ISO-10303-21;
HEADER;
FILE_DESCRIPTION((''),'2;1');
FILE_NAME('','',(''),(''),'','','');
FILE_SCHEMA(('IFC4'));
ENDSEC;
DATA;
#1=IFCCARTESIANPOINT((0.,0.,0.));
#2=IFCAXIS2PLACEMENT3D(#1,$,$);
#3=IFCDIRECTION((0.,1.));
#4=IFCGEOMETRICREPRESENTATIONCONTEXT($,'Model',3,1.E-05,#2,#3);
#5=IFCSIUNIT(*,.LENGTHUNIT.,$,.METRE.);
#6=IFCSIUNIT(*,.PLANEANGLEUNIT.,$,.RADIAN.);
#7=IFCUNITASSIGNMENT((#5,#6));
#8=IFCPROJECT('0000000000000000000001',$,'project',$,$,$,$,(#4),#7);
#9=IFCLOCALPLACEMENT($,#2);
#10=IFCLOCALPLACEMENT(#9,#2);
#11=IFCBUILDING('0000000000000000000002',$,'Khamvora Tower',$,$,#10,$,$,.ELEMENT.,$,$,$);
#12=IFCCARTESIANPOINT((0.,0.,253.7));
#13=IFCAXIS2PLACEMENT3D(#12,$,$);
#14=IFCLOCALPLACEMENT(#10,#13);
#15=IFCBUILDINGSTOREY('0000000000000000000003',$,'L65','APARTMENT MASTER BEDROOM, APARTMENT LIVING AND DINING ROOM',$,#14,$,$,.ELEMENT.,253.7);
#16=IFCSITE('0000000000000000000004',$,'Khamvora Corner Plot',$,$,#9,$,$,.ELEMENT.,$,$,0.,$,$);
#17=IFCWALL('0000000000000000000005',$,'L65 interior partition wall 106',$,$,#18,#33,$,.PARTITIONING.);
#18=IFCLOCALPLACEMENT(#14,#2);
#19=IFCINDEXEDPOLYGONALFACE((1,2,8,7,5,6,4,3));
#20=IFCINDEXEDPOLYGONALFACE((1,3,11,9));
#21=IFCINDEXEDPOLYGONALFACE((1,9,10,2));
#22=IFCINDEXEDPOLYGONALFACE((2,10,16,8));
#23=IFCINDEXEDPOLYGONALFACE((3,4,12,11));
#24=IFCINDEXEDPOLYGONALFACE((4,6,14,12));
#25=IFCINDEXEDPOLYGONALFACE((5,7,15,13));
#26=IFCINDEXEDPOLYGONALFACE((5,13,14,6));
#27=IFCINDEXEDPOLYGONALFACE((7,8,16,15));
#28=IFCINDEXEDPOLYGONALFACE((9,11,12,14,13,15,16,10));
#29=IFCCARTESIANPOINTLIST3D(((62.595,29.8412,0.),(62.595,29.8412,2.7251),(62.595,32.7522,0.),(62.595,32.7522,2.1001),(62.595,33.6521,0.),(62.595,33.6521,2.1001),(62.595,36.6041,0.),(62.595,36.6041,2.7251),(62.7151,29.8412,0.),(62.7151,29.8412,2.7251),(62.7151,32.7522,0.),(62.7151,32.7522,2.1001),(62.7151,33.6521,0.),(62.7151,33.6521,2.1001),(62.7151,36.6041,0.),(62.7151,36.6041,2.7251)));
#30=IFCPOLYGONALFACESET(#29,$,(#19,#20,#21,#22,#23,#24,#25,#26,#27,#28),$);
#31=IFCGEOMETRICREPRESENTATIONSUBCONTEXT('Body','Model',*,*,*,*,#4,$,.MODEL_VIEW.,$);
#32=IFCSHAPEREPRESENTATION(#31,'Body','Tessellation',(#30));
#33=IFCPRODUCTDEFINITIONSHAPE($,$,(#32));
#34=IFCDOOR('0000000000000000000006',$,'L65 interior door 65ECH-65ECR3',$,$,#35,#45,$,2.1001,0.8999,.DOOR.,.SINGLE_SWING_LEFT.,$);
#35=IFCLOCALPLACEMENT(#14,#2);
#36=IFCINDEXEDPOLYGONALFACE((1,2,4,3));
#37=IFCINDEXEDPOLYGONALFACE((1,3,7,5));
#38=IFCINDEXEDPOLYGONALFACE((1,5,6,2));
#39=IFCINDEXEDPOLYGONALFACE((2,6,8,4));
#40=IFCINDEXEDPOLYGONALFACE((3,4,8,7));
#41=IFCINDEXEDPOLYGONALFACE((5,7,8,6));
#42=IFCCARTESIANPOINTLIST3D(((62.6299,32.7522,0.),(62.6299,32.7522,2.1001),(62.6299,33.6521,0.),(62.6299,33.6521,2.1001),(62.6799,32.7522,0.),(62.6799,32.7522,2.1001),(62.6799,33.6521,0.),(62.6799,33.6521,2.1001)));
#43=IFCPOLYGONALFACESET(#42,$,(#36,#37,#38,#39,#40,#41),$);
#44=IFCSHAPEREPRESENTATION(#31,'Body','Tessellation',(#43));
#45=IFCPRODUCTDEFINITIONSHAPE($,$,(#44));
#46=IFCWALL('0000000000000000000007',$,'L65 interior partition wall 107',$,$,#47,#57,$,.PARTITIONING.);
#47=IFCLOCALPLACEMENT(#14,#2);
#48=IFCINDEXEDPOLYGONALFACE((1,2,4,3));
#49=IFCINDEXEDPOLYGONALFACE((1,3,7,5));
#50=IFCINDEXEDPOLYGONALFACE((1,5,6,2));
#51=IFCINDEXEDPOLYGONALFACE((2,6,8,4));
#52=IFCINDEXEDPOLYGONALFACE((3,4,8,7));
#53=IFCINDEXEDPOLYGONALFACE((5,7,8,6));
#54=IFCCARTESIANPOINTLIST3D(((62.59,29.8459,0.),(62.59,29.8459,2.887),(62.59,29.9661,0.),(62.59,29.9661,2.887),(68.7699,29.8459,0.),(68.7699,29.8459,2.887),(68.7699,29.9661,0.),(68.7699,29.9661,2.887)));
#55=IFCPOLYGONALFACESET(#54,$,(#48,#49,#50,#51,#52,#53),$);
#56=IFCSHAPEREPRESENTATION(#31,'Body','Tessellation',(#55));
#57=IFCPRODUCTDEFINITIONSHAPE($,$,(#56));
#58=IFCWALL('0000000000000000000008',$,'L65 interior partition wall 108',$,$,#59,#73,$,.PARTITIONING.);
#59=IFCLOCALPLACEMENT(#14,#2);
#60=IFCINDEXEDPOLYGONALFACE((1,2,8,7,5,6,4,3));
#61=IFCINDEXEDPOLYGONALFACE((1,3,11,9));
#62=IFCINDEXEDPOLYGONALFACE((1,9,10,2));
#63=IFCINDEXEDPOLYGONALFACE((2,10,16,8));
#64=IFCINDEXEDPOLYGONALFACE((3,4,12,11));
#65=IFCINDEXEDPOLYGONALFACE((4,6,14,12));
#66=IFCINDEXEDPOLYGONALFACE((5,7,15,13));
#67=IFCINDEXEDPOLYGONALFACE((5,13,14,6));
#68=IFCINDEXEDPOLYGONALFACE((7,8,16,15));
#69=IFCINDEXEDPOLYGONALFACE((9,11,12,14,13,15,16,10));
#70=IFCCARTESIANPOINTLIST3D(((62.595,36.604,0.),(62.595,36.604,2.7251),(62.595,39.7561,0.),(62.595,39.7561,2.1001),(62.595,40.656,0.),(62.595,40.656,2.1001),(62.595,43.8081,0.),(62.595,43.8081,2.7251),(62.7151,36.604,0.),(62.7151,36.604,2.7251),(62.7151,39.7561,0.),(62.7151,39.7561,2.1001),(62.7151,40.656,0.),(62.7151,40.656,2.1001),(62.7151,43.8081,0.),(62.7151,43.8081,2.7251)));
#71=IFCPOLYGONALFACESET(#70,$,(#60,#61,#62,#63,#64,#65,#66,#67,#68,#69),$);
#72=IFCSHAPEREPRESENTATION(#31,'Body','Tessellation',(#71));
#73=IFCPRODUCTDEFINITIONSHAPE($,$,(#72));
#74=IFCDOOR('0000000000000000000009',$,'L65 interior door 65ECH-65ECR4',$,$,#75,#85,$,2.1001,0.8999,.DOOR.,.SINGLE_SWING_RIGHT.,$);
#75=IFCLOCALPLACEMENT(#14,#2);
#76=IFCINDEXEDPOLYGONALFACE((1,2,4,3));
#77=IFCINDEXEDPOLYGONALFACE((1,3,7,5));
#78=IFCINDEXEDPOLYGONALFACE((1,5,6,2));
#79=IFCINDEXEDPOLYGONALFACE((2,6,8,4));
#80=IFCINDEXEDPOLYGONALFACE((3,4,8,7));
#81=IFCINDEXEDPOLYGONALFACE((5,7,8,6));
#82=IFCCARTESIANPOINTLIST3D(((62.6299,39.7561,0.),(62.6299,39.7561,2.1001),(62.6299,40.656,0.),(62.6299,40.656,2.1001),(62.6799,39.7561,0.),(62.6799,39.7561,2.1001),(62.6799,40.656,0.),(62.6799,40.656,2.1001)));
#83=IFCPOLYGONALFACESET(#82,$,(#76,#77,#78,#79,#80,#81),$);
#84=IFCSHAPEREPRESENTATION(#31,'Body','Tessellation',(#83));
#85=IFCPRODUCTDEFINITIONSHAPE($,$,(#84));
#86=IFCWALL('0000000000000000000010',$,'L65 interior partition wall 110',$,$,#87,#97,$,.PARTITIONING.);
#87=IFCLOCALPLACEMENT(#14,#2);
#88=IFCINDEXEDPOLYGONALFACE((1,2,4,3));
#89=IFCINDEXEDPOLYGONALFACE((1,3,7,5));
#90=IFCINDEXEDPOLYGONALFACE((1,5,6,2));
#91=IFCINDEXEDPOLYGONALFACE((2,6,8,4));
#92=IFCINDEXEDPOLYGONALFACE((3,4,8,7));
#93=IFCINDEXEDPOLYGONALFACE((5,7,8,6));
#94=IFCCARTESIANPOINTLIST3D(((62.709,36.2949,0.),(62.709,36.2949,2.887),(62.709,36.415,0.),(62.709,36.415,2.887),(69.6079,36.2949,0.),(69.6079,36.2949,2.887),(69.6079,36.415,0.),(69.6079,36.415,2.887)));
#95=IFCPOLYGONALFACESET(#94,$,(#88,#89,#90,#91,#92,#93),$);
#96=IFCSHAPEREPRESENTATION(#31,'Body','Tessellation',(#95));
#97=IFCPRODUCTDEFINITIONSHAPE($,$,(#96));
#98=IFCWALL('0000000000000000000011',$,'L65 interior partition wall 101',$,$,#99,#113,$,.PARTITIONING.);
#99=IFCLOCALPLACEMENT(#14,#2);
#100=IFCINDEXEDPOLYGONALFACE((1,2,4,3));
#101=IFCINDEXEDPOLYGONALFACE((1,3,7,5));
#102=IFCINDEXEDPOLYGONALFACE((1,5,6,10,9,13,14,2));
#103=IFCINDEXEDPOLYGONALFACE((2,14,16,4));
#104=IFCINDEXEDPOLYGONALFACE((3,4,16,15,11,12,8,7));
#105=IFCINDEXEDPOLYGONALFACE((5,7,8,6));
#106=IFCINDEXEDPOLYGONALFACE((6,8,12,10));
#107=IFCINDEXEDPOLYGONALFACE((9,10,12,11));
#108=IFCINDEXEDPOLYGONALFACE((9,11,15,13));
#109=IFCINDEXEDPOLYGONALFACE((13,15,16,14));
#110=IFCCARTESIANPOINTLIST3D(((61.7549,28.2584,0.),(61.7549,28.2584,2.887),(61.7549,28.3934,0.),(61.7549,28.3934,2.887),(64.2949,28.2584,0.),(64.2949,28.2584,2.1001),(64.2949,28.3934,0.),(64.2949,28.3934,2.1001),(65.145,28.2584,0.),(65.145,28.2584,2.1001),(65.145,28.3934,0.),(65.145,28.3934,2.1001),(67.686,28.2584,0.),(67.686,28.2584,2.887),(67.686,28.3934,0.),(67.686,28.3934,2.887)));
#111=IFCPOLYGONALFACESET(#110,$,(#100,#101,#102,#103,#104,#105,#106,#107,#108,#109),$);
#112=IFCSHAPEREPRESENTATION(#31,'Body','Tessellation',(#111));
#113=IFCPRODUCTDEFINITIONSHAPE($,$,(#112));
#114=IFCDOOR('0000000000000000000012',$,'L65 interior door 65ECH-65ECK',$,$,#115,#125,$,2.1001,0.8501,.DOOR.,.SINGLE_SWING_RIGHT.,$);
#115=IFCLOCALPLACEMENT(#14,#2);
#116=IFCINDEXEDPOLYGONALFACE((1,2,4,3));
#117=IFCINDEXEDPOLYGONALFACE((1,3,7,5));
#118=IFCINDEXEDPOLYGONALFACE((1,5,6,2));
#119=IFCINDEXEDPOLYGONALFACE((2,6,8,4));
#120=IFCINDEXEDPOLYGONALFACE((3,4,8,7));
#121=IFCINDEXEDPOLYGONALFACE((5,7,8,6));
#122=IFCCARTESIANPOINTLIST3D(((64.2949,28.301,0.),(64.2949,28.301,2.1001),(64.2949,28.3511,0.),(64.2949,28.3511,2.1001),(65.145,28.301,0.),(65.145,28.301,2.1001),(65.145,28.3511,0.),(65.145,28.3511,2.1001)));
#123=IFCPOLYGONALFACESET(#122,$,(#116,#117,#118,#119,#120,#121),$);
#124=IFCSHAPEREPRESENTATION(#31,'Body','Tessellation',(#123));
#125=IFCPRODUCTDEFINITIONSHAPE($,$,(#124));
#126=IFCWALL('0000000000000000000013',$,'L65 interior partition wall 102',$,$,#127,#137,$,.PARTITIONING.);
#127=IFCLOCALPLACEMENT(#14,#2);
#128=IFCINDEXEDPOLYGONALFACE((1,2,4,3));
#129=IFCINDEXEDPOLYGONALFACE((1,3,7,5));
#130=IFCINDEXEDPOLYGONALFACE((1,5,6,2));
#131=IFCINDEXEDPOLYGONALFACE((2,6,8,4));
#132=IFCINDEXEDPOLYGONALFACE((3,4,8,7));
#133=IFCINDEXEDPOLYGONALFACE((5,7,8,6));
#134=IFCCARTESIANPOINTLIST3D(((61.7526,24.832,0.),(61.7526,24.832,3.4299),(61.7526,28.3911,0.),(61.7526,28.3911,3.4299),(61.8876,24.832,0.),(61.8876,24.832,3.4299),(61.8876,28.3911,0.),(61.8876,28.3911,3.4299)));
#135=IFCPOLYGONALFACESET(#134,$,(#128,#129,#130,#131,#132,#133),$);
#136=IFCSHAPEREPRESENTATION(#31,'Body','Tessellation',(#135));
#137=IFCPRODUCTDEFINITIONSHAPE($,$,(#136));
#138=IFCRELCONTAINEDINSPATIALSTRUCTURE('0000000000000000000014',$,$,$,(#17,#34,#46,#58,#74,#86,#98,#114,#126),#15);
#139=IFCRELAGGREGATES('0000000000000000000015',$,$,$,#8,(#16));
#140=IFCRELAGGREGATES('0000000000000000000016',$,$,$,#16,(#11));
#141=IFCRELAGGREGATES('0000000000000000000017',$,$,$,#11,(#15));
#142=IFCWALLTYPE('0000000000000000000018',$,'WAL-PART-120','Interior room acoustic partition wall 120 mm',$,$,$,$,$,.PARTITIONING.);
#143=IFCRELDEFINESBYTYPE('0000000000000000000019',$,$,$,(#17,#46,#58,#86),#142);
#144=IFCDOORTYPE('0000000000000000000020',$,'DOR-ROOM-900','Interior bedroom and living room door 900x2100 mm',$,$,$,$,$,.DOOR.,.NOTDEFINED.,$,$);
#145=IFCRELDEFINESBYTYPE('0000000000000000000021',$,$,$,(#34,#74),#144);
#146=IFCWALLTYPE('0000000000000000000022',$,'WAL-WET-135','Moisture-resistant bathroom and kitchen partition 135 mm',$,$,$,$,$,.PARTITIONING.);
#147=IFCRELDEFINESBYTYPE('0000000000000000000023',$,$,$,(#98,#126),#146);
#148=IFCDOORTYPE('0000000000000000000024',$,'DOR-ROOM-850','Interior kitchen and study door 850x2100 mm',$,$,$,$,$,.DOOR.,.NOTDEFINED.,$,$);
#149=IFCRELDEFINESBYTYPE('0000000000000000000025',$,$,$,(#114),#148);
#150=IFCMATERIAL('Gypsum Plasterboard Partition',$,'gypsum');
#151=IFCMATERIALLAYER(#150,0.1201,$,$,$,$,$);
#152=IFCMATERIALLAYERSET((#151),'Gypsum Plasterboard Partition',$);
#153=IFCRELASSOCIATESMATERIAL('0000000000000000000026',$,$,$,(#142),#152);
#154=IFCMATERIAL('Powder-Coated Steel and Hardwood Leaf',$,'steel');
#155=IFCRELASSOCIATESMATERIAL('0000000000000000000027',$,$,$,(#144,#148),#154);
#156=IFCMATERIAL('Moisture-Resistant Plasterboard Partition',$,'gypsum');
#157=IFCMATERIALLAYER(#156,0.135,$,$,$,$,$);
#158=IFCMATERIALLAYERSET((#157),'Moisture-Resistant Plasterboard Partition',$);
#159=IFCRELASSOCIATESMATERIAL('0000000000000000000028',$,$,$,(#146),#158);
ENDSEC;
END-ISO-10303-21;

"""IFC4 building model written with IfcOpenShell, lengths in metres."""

from ifc_helpers import new_model, si_unit, direction, frame, frame_2d, origin, place, context, subcontext, project, spatial, rectangle, extrude, material, layer, layer_set, type_object, element, fill, save


model = new_model("IFC4")

# Units and contexts
model_context = context("Model", 3, precision=1e-05, world=origin(), true_north=direction((0.0, 1.0)))
body_context = subcontext(model_context, "Body", "Model", "MODEL_VIEW")
ifc_project = project(units=[si_unit("LENGTHUNIT", "METRE"), si_unit("PLANEANGLEUNIT", "RADIAN")], contexts=[model_context])

# Site, building, storey
site_placement = place(None, origin())
site = spatial("IfcSite", under=ifc_project, at=site_placement, Name="Khamvora Corner Plot", CompositionType="ELEMENT", RefElevation=0.0)
building_placement = place(site_placement, origin())
building = spatial("IfcBuilding", under=site, at=building_placement, Name="Khamvora Tower", CompositionType="ELEMENT")
storey_placement = place(building_placement, frame((0.0, 0.0, 253.7)))
storey = spatial("IfcBuildingStorey", under=building, at=storey_placement, Name="L65", Description="APARTMENT MASTER BEDROOM, APARTMENT LIVING AND DINING ROOM", CompositionType="ELEMENT", Elevation=253.7)

# Shared definitions
ifc_material_1 = material(Name="Gypsum Plasterboard Partition", Category="gypsum")
ifc_layer_1 = layer(ifc_material_1, 0.1201)
ifc_layer_set_1 = layer_set([ifc_layer_1], Name="Gypsum Plasterboard Partition")
wall_type_1 = type_object("IfcWallType", Name="WAL-PART-120", Description="Interior room acoustic partition wall 120 mm", PredefinedType="PARTITIONING", material=ifc_layer_set_1)

# Wall, opening, door
ifc_material_2 = material(Name="Powder-Coated Steel and Hardwood Leaf", Category="steel")
door_type_1 = type_object("IfcDoorType", Name="DOR-ROOM-900", Description="Interior bedroom and living room door 900x2100 mm", OperationType="NOTDEFINED", PredefinedType="DOOR", material=ifc_material_2)
wall_1_placement = place(storey_placement, frame((62.655, 36.604, 0.0), z_axis=(0.0, 0.0, 1.0), x_axis=(0.0, -1.0, 0.0)))
wall_1 = element("IfcWall", 1, at=wall_1_placement, inside=storey, type_object=wall_type_1, Name="L65 interior partition wall 106", PredefinedType="PARTITIONING", context=body_context, shape_type="SweptSolid", body=[
    extrude(rectangle(XDim=6.7629, YDim=0.1201, at=frame_2d((3.3813, 0.0))), origin(), (0.0, 0.0, 1.0), 2.7251),
])
opening_1_placement = place(wall_1_placement, frame((2.9519, 0.0, 0.0)))
opening_1 = element("IfcOpeningElement", 2, at=opening_1_placement, cuts=wall_1, PredefinedType="OPENING", context=body_context, shape_type="SweptSolid", body=[
    extrude(rectangle(XDim=0.8999, YDim=2.1001, at=frame_2d((0.45, 1.05))), frame((0.0, 0.0701, 0.0), z_axis=(0.0, -1.0, 0.0), x_axis=(1.0, 0.0, 0.0)), (0.0, 0.0, 1.0), 0.1401),
])
door_1_placement = place(opening_1_placement, origin())
door_1 = element("IfcDoor", 3, at=door_1_placement, inside=storey, type_object=door_type_1, Name="L65 interior door 65ECH-65ECR3", OperationType="SINGLE_SWING_LEFT", OverallHeight=2.1001, OverallWidth=0.8999, PredefinedType="DOOR", context=body_context, shape_type="SweptSolid", body=[
    extrude(rectangle(XDim=0.8999, YDim=2.1001, at=frame_2d((0.45, 1.05))), frame((0.0, 0.0249, 0.0), z_axis=(0.0, -1.0, 0.0), x_axis=(1.0, 0.0, 0.0)), (0.0, 0.0, 1.0), 0.05),
])
fill(opening_1, door_1)

# Wall
wall_2_placement = place(storey_placement, frame((62.5901, 29.906, 0.0), z_axis=(0.0, 0.0, 1.0), x_axis=(1.0, 0.0, 0.0)))
element("IfcWall", 4, at=wall_2_placement, inside=storey, type_object=wall_type_1, Name="L65 interior partition wall 107", PredefinedType="PARTITIONING", context=body_context, shape_type="SweptSolid", body=[
    extrude(rectangle(XDim=6.1799, YDim=0.1201, at=frame_2d((3.0898, 0.0))), origin(), (0.0, 0.0, 1.0), 2.887),
])

# Wall, opening, door
wall_3_placement = place(storey_placement, frame((62.655, 43.8081, 0.0), z_axis=(0.0, 0.0, 1.0), x_axis=(0.0, -1.0, 0.0)))
wall_3 = element("IfcWall", 5, at=wall_3_placement, inside=storey, type_object=wall_type_1, Name="L65 interior partition wall 108", PredefinedType="PARTITIONING", context=body_context, shape_type="SweptSolid", body=[
    extrude(rectangle(XDim=7.2041, YDim=0.1201, at=frame_2d((3.6021, 0.0))), origin(), (0.0, 0.0, 1.0), 2.7251),
])
opening_2_placement = place(wall_3_placement, frame((3.1521, 0.0, 0.0)))
opening_2 = element("IfcOpeningElement", 6, at=opening_2_placement, cuts=wall_3, PredefinedType="OPENING", context=body_context, shape_type="SweptSolid", body=[
    extrude(rectangle(XDim=0.8999, YDim=2.1001, at=frame_2d((0.45, 1.05))), frame((0.0, 0.0701, 0.0), z_axis=(0.0, -1.0, 0.0), x_axis=(1.0, 0.0, 0.0)), (0.0, 0.0, 1.0), 0.1401),
])
door_2_placement = place(opening_2_placement, origin())
door_2 = element("IfcDoor", 7, at=door_2_placement, inside=storey, type_object=door_type_1, Name="L65 interior door 65ECH-65ECR4", OperationType="SINGLE_SWING_RIGHT", OverallHeight=2.1001, OverallWidth=0.8999, PredefinedType="DOOR", context=body_context, shape_type="SweptSolid", body=[
    extrude(rectangle(XDim=0.8999, YDim=2.1001, at=frame_2d((0.45, 1.05))), frame((0.0, 0.0249, 0.0), z_axis=(0.0, -1.0, 0.0), x_axis=(1.0, 0.0, 0.0)), (0.0, 0.0, 1.0), 0.05),
])
fill(opening_2, door_2)

# Wall
wall_4_placement = place(storey_placement, frame((62.709, 36.355, 0.0), z_axis=(0.0, 0.0, 1.0), x_axis=(1.0, 0.0, 0.0)))
element("IfcWall", 8, at=wall_4_placement, inside=storey, type_object=wall_type_1, Name="L65 interior partition wall 110", PredefinedType="PARTITIONING", context=body_context, shape_type="SweptSolid", body=[
    extrude(rectangle(XDim=6.8989, YDim=0.1201, at=frame_2d((3.4495, 0.0))), origin(), (0.0, 0.0, 1.0), 2.887),
])

# Wall, opening, door
ifc_material_3 = material(Name="Moisture-Resistant Plasterboard Partition", Category="gypsum")
ifc_layer_2 = layer(ifc_material_3, 0.135)
ifc_layer_set_2 = layer_set([ifc_layer_2], Name="Moisture-Resistant Plasterboard Partition")
wall_type_2 = type_object("IfcWallType", Name="WAL-WET-135", Description="Moisture-resistant bathroom and kitchen partition 135 mm", PredefinedType="PARTITIONING", material=ifc_layer_set_2)
wall_5_placement = place(storey_placement, frame((67.686, 28.3259, 0.0), z_axis=(0.0, 0.0, 1.0), x_axis=(-1.0, 0.0, 0.0)))
wall_5 = element("IfcWall", 9, at=wall_5_placement, inside=storey, type_object=wall_type_2, Name="L65 interior partition wall 101", PredefinedType="PARTITIONING", context=body_context, shape_type="SweptSolid", body=[
    extrude(rectangle(XDim=5.9312, YDim=0.135, at=frame_2d((2.9656, 0.0))), origin(), (0.0, 0.0, 1.0), 2.887),
])
opening_3_placement = place(wall_5_placement, frame((2.541, 0.0, 0.0)))
opening_3 = element("IfcOpeningElement", 10, at=opening_3_placement, cuts=wall_5, PredefinedType="OPENING", context=body_context, shape_type="SweptSolid", body=[
    extrude(rectangle(XDim=0.8501, YDim=2.1001, at=frame_2d((0.425, 1.05))), frame((0.0, 0.0774, 0.0), z_axis=(0.0, -1.0, 0.0), x_axis=(1.0, 0.0, 0.0)), (0.0, 0.0, 1.0), 0.155),
])
door_type_2 = type_object("IfcDoorType", Name="DOR-ROOM-850", Description="Interior kitchen and study door 850x2100 mm", OperationType="NOTDEFINED", PredefinedType="DOOR", material=ifc_material_2)
door_3_placement = place(opening_3_placement, origin())
door_3 = element("IfcDoor", 11, at=door_3_placement, inside=storey, type_object=door_type_2, Name="L65 interior door 65ECH-65ECK", OperationType="SINGLE_SWING_RIGHT", OverallHeight=2.1001, OverallWidth=0.8501, PredefinedType="DOOR", context=body_context, shape_type="SweptSolid", body=[
    extrude(rectangle(XDim=0.8501, YDim=2.1001, at=frame_2d((0.425, 1.05))), frame((0.0, 0.0249, 0.0), z_axis=(0.0, -1.0, 0.0), x_axis=(1.0, 0.0, 0.0)), (0.0, 0.0, 1.0), 0.05),
])
fill(opening_3, door_3)

# Wall
wall_6_placement = place(storey_placement, frame((61.8201, 28.3911, 0.0), z_axis=(0.0, 0.0, 1.0), x_axis=(0.0, -1.0, 0.0)))
element("IfcWall", 12, at=wall_6_placement, inside=storey, type_object=wall_type_2, Name="L65 interior partition wall 102", PredefinedType="PARTITIONING", context=body_context, shape_type="SweptSolid", body=[
    extrude(rectangle(XDim=3.5591, YDim=0.135, at=frame_2d((1.7795, 0.0))), origin(), (0.0, 0.0, 1.0), 3.4299),
])

save(model, "model.ifc")
